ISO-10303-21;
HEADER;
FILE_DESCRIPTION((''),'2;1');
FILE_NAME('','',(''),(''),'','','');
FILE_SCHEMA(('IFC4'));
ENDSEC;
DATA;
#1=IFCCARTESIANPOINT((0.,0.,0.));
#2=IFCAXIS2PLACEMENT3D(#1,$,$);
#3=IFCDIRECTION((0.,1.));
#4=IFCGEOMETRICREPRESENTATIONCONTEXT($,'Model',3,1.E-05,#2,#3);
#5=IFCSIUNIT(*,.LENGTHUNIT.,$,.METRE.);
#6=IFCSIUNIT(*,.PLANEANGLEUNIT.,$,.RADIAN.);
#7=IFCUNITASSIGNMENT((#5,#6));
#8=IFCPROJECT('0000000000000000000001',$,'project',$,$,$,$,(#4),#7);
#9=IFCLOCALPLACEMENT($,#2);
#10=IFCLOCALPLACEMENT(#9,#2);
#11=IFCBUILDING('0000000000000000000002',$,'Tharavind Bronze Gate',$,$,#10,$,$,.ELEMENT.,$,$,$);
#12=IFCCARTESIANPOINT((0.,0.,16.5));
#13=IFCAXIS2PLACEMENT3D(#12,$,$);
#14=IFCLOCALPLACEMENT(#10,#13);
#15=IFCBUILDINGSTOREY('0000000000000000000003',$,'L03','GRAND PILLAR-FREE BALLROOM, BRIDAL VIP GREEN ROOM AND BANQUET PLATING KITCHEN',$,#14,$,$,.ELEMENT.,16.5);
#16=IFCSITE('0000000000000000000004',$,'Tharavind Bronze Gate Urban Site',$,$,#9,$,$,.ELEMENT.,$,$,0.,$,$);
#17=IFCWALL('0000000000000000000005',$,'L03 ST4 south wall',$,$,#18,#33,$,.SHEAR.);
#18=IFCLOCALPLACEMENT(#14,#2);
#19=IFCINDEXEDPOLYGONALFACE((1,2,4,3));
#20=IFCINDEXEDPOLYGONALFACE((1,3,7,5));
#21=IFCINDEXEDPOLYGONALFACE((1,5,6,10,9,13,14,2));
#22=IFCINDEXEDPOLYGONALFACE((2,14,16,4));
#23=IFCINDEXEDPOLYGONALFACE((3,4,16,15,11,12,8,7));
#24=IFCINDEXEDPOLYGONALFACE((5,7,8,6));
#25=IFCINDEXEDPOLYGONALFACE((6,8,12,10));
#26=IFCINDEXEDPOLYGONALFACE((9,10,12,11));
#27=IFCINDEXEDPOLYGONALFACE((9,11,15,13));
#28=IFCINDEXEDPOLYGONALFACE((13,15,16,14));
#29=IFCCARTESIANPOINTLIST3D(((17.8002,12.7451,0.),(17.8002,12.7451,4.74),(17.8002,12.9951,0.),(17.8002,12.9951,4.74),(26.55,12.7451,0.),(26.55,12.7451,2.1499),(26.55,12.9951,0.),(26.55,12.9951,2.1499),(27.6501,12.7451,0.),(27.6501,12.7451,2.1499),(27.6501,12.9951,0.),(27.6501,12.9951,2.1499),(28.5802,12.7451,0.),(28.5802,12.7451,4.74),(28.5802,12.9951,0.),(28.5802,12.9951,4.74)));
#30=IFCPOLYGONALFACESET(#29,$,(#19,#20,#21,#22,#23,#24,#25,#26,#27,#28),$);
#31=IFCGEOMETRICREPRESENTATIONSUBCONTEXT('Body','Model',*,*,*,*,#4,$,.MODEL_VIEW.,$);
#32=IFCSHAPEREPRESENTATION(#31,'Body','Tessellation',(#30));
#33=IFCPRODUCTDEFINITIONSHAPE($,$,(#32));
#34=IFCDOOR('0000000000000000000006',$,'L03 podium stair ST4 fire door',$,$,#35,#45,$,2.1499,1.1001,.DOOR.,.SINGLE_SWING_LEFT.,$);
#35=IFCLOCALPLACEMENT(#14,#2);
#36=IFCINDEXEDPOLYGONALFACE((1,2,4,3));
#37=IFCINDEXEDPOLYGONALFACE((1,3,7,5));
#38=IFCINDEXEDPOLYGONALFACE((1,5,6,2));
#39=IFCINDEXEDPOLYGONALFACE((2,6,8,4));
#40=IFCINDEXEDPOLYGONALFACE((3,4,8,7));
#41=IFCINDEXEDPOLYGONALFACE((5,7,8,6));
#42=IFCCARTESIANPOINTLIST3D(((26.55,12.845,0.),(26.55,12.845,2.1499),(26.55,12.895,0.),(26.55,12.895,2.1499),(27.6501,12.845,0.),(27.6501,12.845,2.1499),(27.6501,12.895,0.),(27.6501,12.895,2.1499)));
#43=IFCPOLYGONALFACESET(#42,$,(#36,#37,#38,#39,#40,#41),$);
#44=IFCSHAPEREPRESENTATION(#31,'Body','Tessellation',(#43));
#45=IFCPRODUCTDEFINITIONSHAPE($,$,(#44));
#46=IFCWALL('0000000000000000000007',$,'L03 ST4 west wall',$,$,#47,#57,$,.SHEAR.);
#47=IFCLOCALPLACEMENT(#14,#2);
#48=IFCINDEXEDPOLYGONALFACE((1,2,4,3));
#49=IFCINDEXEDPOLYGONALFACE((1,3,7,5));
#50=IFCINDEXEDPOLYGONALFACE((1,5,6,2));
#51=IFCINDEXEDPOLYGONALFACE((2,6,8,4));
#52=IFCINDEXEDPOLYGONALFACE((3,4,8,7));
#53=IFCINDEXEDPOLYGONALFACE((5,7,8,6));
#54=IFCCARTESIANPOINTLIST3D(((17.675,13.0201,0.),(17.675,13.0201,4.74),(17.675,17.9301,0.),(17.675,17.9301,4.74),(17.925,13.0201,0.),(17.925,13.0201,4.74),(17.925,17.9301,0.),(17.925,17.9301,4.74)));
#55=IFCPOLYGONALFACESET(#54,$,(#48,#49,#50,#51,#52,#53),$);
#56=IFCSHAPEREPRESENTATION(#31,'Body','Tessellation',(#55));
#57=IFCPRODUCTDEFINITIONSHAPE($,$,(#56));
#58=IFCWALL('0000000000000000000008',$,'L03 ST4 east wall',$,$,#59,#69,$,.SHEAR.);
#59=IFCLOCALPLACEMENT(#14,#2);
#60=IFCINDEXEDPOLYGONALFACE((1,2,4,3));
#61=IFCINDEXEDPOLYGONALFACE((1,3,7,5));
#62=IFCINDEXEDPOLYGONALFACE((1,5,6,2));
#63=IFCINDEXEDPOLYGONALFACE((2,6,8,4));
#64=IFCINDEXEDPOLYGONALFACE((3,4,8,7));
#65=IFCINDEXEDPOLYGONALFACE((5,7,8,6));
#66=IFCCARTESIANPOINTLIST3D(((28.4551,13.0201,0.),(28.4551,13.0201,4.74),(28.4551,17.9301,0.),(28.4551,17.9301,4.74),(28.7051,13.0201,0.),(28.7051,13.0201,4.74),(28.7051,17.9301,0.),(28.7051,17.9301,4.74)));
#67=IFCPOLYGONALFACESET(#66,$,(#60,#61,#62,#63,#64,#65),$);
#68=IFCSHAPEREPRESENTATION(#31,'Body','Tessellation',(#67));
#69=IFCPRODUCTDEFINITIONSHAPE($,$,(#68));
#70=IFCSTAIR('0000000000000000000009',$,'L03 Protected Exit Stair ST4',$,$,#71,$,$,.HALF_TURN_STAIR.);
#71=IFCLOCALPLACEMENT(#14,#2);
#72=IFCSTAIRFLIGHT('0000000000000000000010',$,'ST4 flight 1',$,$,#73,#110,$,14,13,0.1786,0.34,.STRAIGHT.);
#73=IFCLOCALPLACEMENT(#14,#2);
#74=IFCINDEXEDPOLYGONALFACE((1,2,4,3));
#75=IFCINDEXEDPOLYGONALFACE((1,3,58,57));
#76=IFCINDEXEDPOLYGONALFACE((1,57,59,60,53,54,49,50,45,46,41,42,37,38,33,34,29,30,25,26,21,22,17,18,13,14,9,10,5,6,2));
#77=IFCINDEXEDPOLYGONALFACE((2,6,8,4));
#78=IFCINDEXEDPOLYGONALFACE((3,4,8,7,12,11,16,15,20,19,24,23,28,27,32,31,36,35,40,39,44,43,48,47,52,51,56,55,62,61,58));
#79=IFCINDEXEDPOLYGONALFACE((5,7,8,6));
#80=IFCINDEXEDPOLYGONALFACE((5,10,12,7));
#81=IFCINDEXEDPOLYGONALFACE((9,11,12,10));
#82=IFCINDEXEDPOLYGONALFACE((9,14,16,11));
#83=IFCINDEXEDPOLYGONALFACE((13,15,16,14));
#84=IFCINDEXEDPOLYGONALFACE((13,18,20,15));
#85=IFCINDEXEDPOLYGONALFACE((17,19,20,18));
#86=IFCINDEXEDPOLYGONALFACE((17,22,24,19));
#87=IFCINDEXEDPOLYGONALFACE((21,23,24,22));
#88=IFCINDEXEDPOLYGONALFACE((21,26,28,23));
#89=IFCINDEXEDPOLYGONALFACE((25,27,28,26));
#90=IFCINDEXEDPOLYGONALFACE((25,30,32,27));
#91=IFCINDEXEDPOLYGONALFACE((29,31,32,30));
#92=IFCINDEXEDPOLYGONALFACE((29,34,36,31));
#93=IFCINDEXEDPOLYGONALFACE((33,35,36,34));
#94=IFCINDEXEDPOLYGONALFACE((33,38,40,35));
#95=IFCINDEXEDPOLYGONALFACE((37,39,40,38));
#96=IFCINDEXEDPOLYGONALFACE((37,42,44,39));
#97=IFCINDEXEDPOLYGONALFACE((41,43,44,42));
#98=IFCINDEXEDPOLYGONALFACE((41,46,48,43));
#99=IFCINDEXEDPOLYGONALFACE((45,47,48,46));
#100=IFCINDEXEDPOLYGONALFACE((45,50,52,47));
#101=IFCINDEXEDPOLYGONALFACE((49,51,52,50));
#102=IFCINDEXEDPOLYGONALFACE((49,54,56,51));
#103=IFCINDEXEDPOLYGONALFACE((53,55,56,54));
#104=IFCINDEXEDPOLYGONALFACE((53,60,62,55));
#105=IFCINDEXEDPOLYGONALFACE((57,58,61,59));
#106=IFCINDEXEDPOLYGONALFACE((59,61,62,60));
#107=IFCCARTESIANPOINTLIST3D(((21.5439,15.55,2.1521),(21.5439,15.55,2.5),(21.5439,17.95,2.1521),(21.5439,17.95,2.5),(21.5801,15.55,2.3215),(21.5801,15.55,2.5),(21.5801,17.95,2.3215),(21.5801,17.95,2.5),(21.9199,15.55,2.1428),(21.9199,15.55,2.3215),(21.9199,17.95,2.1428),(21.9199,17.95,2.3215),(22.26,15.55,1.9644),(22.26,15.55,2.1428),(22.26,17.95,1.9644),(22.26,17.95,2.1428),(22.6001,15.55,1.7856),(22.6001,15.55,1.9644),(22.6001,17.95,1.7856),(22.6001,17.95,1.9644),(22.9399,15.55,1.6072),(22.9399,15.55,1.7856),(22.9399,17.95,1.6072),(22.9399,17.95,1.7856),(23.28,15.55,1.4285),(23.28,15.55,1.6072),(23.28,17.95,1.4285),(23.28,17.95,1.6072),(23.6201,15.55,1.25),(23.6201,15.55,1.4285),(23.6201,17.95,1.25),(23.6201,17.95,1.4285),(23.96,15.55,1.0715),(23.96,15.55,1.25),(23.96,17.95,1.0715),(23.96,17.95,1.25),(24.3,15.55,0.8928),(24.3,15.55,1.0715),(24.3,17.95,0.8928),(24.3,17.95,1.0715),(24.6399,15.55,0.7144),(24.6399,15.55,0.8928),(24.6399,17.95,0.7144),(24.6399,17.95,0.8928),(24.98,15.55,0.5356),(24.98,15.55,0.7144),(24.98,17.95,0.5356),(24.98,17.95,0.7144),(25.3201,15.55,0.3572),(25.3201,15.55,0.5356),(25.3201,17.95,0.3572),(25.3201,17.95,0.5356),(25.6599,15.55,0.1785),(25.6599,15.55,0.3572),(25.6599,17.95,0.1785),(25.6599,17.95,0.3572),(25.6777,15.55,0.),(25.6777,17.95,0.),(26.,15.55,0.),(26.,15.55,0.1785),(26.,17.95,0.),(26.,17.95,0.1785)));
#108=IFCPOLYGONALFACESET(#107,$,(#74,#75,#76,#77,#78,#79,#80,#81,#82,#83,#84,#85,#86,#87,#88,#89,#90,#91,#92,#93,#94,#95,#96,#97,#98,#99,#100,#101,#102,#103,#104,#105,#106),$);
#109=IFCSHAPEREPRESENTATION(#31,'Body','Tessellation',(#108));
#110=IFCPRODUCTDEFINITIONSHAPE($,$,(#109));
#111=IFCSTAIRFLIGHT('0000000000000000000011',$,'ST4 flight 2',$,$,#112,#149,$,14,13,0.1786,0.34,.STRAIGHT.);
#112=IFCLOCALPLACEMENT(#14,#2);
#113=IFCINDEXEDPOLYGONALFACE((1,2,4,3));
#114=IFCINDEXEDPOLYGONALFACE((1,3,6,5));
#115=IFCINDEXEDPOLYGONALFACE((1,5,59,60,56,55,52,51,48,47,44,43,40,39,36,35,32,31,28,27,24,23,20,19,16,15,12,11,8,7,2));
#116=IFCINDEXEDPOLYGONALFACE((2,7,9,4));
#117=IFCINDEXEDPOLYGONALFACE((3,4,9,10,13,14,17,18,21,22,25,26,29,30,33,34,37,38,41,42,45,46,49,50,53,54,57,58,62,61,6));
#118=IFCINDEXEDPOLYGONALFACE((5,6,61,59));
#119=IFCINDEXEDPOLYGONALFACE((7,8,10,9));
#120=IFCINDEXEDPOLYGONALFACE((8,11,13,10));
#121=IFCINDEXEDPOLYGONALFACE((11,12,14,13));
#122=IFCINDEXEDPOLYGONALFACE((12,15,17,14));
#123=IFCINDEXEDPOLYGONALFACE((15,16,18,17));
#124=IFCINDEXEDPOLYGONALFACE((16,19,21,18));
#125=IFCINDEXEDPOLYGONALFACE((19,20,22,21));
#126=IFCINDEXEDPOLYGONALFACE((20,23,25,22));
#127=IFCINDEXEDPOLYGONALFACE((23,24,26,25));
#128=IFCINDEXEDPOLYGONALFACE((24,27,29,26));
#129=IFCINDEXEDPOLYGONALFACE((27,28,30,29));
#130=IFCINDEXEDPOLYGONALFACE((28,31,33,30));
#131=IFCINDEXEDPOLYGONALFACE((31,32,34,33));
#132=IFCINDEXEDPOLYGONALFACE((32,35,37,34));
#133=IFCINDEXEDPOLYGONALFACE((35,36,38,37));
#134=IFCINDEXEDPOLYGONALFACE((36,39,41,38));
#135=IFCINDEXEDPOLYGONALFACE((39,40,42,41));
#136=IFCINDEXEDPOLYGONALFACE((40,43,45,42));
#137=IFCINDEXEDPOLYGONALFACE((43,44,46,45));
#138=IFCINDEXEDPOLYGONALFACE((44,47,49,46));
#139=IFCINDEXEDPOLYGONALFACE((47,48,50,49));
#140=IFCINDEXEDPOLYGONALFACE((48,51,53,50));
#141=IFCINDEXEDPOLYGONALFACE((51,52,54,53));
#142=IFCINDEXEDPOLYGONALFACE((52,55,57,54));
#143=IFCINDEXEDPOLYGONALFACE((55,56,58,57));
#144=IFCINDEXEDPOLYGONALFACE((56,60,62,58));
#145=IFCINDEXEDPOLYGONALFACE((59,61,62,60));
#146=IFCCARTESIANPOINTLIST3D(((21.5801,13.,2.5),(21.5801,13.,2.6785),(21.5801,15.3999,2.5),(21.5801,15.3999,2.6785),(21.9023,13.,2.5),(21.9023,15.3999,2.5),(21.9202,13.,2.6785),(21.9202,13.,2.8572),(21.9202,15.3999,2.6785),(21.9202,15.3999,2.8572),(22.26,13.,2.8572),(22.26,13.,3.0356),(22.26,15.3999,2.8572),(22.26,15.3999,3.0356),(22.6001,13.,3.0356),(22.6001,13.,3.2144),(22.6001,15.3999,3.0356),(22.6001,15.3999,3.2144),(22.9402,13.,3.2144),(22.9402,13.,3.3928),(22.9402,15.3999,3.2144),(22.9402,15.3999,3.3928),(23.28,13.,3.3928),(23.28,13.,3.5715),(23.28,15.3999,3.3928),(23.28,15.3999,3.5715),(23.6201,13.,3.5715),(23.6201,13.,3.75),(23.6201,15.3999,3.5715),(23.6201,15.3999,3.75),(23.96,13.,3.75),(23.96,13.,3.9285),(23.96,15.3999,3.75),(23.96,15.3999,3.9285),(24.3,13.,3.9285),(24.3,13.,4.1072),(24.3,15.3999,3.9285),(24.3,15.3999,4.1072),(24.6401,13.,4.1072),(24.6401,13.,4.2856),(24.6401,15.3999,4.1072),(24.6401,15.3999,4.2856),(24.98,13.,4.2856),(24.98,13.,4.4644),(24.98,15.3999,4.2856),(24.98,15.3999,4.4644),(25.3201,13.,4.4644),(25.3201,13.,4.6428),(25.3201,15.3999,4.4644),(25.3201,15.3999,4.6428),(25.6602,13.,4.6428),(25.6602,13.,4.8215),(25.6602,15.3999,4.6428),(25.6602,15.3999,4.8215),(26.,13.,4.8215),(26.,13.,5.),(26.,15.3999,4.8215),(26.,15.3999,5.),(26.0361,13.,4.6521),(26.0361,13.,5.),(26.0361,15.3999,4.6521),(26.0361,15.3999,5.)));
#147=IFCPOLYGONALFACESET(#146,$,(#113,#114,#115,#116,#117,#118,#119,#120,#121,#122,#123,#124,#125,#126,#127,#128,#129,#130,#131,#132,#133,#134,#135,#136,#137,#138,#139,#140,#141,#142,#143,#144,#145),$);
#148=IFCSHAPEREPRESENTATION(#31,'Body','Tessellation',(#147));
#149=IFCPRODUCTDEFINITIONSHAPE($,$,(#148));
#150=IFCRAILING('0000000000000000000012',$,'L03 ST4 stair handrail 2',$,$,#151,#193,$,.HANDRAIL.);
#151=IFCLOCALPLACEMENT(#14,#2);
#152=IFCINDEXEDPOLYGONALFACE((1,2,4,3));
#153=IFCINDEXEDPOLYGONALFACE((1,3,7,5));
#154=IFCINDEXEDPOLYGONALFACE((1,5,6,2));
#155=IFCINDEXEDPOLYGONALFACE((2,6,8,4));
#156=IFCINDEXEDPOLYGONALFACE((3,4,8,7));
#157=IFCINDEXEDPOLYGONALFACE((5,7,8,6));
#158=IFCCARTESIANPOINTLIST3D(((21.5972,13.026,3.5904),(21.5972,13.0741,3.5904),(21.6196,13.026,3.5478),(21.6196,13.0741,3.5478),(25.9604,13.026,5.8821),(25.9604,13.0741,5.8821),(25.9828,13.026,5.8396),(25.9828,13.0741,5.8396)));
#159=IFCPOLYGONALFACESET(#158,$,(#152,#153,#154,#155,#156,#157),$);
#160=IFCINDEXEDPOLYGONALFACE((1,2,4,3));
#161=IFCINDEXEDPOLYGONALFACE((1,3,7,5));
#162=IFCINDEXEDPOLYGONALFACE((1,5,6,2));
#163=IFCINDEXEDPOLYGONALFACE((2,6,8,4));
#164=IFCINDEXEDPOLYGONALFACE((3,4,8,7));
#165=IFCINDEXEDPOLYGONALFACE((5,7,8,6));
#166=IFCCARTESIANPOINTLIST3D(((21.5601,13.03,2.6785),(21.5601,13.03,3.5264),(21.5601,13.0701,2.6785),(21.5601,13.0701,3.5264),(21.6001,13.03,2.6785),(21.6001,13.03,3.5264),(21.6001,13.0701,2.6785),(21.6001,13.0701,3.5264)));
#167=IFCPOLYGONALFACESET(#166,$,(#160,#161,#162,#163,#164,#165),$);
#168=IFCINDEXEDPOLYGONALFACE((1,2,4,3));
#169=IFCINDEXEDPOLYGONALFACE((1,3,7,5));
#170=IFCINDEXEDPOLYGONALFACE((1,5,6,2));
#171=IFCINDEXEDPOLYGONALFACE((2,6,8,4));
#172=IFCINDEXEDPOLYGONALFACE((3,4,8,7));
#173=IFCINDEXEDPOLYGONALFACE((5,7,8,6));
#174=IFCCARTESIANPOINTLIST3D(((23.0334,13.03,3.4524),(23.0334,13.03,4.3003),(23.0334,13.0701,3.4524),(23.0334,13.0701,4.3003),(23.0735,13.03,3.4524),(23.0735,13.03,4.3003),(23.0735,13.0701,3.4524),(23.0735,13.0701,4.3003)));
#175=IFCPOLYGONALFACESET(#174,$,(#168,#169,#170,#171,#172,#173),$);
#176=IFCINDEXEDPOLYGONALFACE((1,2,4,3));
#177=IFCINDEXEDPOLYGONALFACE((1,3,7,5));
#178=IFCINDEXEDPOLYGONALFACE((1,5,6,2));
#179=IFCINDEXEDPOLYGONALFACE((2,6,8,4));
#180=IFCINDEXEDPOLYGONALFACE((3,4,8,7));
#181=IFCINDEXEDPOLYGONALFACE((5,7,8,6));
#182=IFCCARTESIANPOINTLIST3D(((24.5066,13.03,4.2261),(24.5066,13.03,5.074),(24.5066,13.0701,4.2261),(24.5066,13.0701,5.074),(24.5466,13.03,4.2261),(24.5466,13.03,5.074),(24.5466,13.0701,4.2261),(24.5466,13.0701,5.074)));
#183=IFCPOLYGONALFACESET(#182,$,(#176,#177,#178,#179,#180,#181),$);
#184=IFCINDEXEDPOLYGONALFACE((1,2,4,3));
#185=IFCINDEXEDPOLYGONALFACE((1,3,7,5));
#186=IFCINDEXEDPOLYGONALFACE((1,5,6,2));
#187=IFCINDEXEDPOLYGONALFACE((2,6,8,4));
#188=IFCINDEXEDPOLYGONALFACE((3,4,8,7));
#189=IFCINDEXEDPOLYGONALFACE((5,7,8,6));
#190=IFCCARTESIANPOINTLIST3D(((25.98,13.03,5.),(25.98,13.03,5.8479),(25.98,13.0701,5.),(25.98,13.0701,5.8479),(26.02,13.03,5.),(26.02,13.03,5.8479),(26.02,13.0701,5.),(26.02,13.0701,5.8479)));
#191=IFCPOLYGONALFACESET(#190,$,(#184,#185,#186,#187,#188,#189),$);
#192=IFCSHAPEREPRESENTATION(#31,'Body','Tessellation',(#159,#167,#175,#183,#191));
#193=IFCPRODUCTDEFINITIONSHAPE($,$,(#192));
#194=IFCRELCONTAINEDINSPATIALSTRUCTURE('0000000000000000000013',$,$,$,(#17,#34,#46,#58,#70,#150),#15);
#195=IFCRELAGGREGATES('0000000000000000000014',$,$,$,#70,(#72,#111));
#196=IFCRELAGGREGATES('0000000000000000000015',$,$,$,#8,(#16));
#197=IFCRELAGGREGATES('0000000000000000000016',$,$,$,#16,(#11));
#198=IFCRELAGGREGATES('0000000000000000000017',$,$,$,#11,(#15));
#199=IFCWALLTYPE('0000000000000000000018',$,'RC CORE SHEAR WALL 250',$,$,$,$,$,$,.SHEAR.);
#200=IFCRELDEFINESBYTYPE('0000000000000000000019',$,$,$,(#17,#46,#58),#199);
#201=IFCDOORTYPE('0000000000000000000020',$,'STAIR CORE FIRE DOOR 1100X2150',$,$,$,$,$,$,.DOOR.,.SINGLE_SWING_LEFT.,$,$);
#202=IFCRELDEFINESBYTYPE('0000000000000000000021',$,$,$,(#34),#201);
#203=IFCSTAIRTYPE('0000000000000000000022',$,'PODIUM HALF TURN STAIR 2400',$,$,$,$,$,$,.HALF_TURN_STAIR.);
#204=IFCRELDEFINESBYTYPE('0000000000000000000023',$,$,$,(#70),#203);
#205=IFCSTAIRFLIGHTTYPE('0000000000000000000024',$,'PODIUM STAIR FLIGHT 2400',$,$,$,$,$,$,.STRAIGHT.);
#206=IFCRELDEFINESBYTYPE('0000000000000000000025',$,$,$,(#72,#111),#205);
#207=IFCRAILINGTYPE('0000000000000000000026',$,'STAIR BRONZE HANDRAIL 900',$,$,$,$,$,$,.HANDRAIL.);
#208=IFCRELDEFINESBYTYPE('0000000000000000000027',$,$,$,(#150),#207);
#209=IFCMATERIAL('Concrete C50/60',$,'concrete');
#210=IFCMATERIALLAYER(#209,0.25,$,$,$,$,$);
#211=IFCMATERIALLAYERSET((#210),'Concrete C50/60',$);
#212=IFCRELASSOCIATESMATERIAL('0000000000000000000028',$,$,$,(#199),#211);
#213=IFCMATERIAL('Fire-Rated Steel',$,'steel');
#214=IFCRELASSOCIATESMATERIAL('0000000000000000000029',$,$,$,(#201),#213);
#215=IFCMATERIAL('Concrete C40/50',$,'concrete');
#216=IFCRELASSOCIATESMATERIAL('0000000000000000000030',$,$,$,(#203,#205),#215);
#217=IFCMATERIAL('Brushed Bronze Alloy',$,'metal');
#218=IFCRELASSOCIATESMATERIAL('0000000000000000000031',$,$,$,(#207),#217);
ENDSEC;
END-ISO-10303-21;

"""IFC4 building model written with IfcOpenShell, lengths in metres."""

from ifc_helpers import new_model, si_unit, direction, frame, frame_2d, origin, origin_2d, place, context, subcontext, project, spatial, polyline, rectangle, outline, extrude, material, layer, layer_set, type_object, element, fill, aggregate, save


model = new_model("IFC4")

# Units and contexts
model_context = context("Model", 3, precision=1e-05, world=origin(), true_north=direction((0.0, 1.0)))
body_context = subcontext(model_context, "Body", "Model", "MODEL_VIEW")
ifc_project = project(units=[si_unit("LENGTHUNIT", "METRE"), si_unit("PLANEANGLEUNIT", "RADIAN")], contexts=[model_context])

# Site, building, storey
site_placement = place(None, origin())
site = spatial("IfcSite", under=ifc_project, at=site_placement, Name="Tharavind Bronze Gate Urban Site", CompositionType="ELEMENT", RefElevation=0.0)
building_placement = place(site_placement, origin())
building = spatial("IfcBuilding", under=site, at=building_placement, Name="Tharavind Bronze Gate", CompositionType="ELEMENT")
storey_placement = place(building_placement, frame((0.0, 0.0, 16.5)))
storey = spatial("IfcBuildingStorey", under=building, at=storey_placement, Name="L03", Description="GRAND PILLAR-FREE BALLROOM, BRIDAL VIP GREEN ROOM AND BANQUET PLATING KITCHEN", CompositionType="ELEMENT", Elevation=16.5)

# Wall, opening, door
ifc_material_1 = material(Name="Concrete C50/60", Category="concrete")
ifc_layer_1 = layer(ifc_material_1, 0.25)
ifc_layer_set_1 = layer_set([ifc_layer_1], Name="Concrete C50/60")
wall_type_1 = type_object("IfcWallType", Name="RC CORE SHEAR WALL 250", PredefinedType="SHEAR", material=ifc_layer_set_1)
wall_1_placement = place(storey_placement, frame((17.8, 12.8701, 0.0), z_axis=(0.0, 0.0, 1.0), x_axis=(1.0, 0.0, 0.0)))
wall_1 = element("IfcWall", 1, at=wall_1_placement, inside=storey, type_object=wall_type_1, Name="L03 ST4 south wall", PredefinedType="SHEAR", context=body_context, shape_type="SweptSolid", body=[
    extrude(rectangle(XDim=10.78, YDim=0.25, at=frame_2d((5.3901, 0.0))), origin(), (0.0, 0.0, 1.0), 4.74),
])
opening_1_placement = place(wall_1_placement, frame((8.75, 0.0, 0.0)))
opening_1 = element("IfcOpeningElement", 2, at=opening_1_placement, cuts=wall_1, PredefinedType="OPENING", context=body_context, shape_type="SweptSolid", body=[
    extrude(rectangle(XDim=1.1001, YDim=2.1499, at=frame_2d((0.55, 1.075))), frame((0.0, 0.135, 0.0), z_axis=(0.0, -1.0, 0.0), x_axis=(1.0, 0.0, 0.0)), (0.0, 0.0, 1.0), 0.27),
])
ifc_material_2 = material(Name="Fire-Rated Steel", Category="steel")
door_type_1 = type_object("IfcDoorType", Name="STAIR CORE FIRE DOOR 1100X2150", OperationType="SINGLE_SWING_LEFT", PredefinedType="DOOR", material=ifc_material_2)
door_1_placement = place(opening_1_placement, origin())
door_1 = element("IfcDoor", 3, at=door_1_placement, inside=storey, type_object=door_type_1, Name="L03 podium stair ST4 fire door", OperationType="SINGLE_SWING_LEFT", OverallHeight=2.1499, OverallWidth=1.1001, PredefinedType="DOOR", context=body_context, shape_type="SweptSolid", body=[
    extrude(rectangle(XDim=1.1001, YDim=2.1499, at=frame_2d((0.55, 1.075))), frame((0.0, 0.0249, 0.0), z_axis=(0.0, -1.0, 0.0), x_axis=(1.0, 0.0, 0.0)), (0.0, 0.0, 1.0), 0.05),
])
fill(opening_1, door_1)

# Walls
for number, where, z_axis, x_axis, name in (
    (4, (17.8, 13.02, 0.0), (0.0, 0.0, 1.0), (0.0, 1.0, 0.0), "L03 ST4 west wall"),
    (5, (28.5801, 13.02, 0.0), (0.0, 0.0, 1.0), (0.0, 1.0, 0.0), "L03 ST4 east wall"),
):
    element("IfcWall", number, at=place(storey_placement, frame(where, z_axis=z_axis, x_axis=x_axis)), inside=storey, type_object=wall_type_1, Name=name, PredefinedType="SHEAR", context=body_context, shape_type="SweptSolid", body=[
        extrude(rectangle(XDim=4.9099, YDim=0.25, at=frame_2d((2.4551, 0.0))), origin(), (0.0, 0.0, 1.0), 4.74),
    ])

# Stair, stair flights
ifc_material_3 = material(Name="Concrete C40/50", Category="concrete")
stair_type = type_object("IfcStairType", Name="PODIUM HALF TURN STAIR 2400", PredefinedType="HALF_TURN_STAIR", material=ifc_material_3)
stair_placement = place(storey_placement, origin())
stair = element("IfcStair", 6, at=stair_placement, inside=storey, type_object=stair_type, Name="L03 Protected Exit Stair ST4", PredefinedType="HALF_TURN_STAIR")
stair_flight_type = type_object("IfcStairFlightType", Name="PODIUM STAIR FLIGHT 2400", PredefinedType="STRAIGHT", material=ifc_material_3)
stair_flight_1_placement = place(storey_placement, frame((26.0, 16.75, 0.0), z_axis=(0.0, 0.0, 1.0), x_axis=(-1.0, 0.0, 0.0)))
stair_flight_1 = element("IfcStairFlight", 7, at=stair_flight_1_placement, type_object=stair_flight_type, Name="ST4 flight 1", NumberOfRisers=14, NumberOfTreads=13, PredefinedType="STRAIGHT", RiserHeight=0.1786, TreadLength=0.34, context=body_context, shape_type="SweptSolid", body=[
    extrude(outline(polyline([(0.0, 0.0), (0.0, 0.1785), (0.3401, 0.1785), (0.3401, 0.3572), (0.6799, 0.3572), (0.6799, 0.5356), (1.02, 0.5356), (1.02, 0.7144), (1.3601, 0.7144), (1.3601, 0.8928), (1.7, 0.8928), (1.7, 1.0715), (2.04, 1.0715), (2.04, 1.25), (2.3799, 1.25), (2.3799, 1.4285), (2.72, 1.4285), (2.72, 1.6072), (3.0601, 1.6072), (3.0601, 1.7856), (3.3999, 1.7856), (3.3999, 1.9644), (3.74, 1.9644), (3.74, 2.1428), (4.0801, 2.1428), (4.0801, 2.3215), (4.4199, 2.3215), (4.4199, 2.5), (4.4561, 2.5), (4.4561, 2.1521), (0.3223, 0.0), (0.0, 0.0)])), frame((0.0, 1.2, 0.0), z_axis=(0.0, -1.0, 0.0), x_axis=(1.0, 0.0, 0.0)), (0.0, 0.0, 1.0), 2.3999),
])
stair_flight_2_placement = place(storey_placement, frame((21.5801, 14.2, 2.5), z_axis=(0.0, 0.0, 1.0), x_axis=(1.0, 0.0, 0.0)))
stair_flight_2 = element("IfcStairFlight", 8, at=stair_flight_2_placement, type_object=stair_flight_type, Name="ST4 flight 2", NumberOfRisers=14, NumberOfTreads=13, PredefinedType="STRAIGHT", RiserHeight=0.1786, TreadLength=0.34, context=body_context, shape_type="SweptSolid", body=[
    extrude(outline(polyline([(0.0, 0.0), (0.0, 0.1785), (0.3401, 0.1785), (0.3401, 0.3572), (0.6799, 0.3572), (0.6799, 0.5356), (1.02, 0.5356), (1.02, 0.7144), (1.3601, 0.7144), (1.3601, 0.8928), (1.7, 0.8928), (1.7, 1.0715), (2.04, 1.0715), (2.04, 1.25), (2.3799, 1.25), (2.3799, 1.4285), (2.72, 1.4285), (2.72, 1.6072), (3.0601, 1.6072), (3.0601, 1.7856), (3.3999, 1.7856), (3.3999, 1.9644), (3.74, 1.9644), (3.74, 2.1428), (4.0801, 2.1428), (4.0801, 2.3215), (4.4199, 2.3215), (4.4199, 2.5), (4.4561, 2.5), (4.4561, 2.1521), (0.3223, 0.0), (0.0, 0.0)])), frame((0.0, 1.2, 0.0), z_axis=(0.0, -1.0, 0.0), x_axis=(1.0, 0.0, 0.0)), (0.0, 0.0, 1.0), 2.3999),
])
aggregate(stair, [stair_flight_1, stair_flight_2])

# Railing
ifc_material_4 = material(Name="Brushed Bronze Alloy", Category="metal")
railing_type_1 = type_object("IfcRailingType", Name="STAIR BRONZE HANDRAIL 900", PredefinedType="HANDRAIL", material=ifc_material_4)
railing_1_placement = place(storey_placement, frame((21.5801, 13.05, 2.6785)))
element("IfcRailing", 9, at=railing_1_placement, inside=storey, type_object=railing_type_1, Name="L03 ST4 stair handrail 2", PredefinedType="HANDRAIL", context=body_context, shape_type="SweptSolid", body=[
    extrude(rectangle(XDim=0.0481, YDim=0.0481, at=origin_2d()), frame((0.0283, 0.0, 0.8906), z_axis=(0.885309, 0.0, 0.465003), x_axis=(0.0, 1.0, 0.0)), (0.0, 0.0, 1.0), 4.9285),
    extrude(rectangle(XDim=0.04, YDim=0.04, at=origin_2d()), origin(), (0.0, 0.0, 1.0), 0.8479),
    extrude(rectangle(XDim=0.04, YDim=0.04, at=origin_2d()), frame((1.4734, 0.0, 0.7739)), (0.0, 0.0, 1.0), 0.8479),
    extrude(rectangle(XDim=0.04, YDim=0.04, at=origin_2d()), frame((2.9465, 0.0, 1.5476)), (0.0, 0.0, 1.0), 0.8479),
    extrude(rectangle(XDim=0.04, YDim=0.04, at=origin_2d()), frame((4.4199, 0.0, 2.3215)), (0.0, 0.0, 1.0), 0.8479),
])

save(model, "model.ifc")
